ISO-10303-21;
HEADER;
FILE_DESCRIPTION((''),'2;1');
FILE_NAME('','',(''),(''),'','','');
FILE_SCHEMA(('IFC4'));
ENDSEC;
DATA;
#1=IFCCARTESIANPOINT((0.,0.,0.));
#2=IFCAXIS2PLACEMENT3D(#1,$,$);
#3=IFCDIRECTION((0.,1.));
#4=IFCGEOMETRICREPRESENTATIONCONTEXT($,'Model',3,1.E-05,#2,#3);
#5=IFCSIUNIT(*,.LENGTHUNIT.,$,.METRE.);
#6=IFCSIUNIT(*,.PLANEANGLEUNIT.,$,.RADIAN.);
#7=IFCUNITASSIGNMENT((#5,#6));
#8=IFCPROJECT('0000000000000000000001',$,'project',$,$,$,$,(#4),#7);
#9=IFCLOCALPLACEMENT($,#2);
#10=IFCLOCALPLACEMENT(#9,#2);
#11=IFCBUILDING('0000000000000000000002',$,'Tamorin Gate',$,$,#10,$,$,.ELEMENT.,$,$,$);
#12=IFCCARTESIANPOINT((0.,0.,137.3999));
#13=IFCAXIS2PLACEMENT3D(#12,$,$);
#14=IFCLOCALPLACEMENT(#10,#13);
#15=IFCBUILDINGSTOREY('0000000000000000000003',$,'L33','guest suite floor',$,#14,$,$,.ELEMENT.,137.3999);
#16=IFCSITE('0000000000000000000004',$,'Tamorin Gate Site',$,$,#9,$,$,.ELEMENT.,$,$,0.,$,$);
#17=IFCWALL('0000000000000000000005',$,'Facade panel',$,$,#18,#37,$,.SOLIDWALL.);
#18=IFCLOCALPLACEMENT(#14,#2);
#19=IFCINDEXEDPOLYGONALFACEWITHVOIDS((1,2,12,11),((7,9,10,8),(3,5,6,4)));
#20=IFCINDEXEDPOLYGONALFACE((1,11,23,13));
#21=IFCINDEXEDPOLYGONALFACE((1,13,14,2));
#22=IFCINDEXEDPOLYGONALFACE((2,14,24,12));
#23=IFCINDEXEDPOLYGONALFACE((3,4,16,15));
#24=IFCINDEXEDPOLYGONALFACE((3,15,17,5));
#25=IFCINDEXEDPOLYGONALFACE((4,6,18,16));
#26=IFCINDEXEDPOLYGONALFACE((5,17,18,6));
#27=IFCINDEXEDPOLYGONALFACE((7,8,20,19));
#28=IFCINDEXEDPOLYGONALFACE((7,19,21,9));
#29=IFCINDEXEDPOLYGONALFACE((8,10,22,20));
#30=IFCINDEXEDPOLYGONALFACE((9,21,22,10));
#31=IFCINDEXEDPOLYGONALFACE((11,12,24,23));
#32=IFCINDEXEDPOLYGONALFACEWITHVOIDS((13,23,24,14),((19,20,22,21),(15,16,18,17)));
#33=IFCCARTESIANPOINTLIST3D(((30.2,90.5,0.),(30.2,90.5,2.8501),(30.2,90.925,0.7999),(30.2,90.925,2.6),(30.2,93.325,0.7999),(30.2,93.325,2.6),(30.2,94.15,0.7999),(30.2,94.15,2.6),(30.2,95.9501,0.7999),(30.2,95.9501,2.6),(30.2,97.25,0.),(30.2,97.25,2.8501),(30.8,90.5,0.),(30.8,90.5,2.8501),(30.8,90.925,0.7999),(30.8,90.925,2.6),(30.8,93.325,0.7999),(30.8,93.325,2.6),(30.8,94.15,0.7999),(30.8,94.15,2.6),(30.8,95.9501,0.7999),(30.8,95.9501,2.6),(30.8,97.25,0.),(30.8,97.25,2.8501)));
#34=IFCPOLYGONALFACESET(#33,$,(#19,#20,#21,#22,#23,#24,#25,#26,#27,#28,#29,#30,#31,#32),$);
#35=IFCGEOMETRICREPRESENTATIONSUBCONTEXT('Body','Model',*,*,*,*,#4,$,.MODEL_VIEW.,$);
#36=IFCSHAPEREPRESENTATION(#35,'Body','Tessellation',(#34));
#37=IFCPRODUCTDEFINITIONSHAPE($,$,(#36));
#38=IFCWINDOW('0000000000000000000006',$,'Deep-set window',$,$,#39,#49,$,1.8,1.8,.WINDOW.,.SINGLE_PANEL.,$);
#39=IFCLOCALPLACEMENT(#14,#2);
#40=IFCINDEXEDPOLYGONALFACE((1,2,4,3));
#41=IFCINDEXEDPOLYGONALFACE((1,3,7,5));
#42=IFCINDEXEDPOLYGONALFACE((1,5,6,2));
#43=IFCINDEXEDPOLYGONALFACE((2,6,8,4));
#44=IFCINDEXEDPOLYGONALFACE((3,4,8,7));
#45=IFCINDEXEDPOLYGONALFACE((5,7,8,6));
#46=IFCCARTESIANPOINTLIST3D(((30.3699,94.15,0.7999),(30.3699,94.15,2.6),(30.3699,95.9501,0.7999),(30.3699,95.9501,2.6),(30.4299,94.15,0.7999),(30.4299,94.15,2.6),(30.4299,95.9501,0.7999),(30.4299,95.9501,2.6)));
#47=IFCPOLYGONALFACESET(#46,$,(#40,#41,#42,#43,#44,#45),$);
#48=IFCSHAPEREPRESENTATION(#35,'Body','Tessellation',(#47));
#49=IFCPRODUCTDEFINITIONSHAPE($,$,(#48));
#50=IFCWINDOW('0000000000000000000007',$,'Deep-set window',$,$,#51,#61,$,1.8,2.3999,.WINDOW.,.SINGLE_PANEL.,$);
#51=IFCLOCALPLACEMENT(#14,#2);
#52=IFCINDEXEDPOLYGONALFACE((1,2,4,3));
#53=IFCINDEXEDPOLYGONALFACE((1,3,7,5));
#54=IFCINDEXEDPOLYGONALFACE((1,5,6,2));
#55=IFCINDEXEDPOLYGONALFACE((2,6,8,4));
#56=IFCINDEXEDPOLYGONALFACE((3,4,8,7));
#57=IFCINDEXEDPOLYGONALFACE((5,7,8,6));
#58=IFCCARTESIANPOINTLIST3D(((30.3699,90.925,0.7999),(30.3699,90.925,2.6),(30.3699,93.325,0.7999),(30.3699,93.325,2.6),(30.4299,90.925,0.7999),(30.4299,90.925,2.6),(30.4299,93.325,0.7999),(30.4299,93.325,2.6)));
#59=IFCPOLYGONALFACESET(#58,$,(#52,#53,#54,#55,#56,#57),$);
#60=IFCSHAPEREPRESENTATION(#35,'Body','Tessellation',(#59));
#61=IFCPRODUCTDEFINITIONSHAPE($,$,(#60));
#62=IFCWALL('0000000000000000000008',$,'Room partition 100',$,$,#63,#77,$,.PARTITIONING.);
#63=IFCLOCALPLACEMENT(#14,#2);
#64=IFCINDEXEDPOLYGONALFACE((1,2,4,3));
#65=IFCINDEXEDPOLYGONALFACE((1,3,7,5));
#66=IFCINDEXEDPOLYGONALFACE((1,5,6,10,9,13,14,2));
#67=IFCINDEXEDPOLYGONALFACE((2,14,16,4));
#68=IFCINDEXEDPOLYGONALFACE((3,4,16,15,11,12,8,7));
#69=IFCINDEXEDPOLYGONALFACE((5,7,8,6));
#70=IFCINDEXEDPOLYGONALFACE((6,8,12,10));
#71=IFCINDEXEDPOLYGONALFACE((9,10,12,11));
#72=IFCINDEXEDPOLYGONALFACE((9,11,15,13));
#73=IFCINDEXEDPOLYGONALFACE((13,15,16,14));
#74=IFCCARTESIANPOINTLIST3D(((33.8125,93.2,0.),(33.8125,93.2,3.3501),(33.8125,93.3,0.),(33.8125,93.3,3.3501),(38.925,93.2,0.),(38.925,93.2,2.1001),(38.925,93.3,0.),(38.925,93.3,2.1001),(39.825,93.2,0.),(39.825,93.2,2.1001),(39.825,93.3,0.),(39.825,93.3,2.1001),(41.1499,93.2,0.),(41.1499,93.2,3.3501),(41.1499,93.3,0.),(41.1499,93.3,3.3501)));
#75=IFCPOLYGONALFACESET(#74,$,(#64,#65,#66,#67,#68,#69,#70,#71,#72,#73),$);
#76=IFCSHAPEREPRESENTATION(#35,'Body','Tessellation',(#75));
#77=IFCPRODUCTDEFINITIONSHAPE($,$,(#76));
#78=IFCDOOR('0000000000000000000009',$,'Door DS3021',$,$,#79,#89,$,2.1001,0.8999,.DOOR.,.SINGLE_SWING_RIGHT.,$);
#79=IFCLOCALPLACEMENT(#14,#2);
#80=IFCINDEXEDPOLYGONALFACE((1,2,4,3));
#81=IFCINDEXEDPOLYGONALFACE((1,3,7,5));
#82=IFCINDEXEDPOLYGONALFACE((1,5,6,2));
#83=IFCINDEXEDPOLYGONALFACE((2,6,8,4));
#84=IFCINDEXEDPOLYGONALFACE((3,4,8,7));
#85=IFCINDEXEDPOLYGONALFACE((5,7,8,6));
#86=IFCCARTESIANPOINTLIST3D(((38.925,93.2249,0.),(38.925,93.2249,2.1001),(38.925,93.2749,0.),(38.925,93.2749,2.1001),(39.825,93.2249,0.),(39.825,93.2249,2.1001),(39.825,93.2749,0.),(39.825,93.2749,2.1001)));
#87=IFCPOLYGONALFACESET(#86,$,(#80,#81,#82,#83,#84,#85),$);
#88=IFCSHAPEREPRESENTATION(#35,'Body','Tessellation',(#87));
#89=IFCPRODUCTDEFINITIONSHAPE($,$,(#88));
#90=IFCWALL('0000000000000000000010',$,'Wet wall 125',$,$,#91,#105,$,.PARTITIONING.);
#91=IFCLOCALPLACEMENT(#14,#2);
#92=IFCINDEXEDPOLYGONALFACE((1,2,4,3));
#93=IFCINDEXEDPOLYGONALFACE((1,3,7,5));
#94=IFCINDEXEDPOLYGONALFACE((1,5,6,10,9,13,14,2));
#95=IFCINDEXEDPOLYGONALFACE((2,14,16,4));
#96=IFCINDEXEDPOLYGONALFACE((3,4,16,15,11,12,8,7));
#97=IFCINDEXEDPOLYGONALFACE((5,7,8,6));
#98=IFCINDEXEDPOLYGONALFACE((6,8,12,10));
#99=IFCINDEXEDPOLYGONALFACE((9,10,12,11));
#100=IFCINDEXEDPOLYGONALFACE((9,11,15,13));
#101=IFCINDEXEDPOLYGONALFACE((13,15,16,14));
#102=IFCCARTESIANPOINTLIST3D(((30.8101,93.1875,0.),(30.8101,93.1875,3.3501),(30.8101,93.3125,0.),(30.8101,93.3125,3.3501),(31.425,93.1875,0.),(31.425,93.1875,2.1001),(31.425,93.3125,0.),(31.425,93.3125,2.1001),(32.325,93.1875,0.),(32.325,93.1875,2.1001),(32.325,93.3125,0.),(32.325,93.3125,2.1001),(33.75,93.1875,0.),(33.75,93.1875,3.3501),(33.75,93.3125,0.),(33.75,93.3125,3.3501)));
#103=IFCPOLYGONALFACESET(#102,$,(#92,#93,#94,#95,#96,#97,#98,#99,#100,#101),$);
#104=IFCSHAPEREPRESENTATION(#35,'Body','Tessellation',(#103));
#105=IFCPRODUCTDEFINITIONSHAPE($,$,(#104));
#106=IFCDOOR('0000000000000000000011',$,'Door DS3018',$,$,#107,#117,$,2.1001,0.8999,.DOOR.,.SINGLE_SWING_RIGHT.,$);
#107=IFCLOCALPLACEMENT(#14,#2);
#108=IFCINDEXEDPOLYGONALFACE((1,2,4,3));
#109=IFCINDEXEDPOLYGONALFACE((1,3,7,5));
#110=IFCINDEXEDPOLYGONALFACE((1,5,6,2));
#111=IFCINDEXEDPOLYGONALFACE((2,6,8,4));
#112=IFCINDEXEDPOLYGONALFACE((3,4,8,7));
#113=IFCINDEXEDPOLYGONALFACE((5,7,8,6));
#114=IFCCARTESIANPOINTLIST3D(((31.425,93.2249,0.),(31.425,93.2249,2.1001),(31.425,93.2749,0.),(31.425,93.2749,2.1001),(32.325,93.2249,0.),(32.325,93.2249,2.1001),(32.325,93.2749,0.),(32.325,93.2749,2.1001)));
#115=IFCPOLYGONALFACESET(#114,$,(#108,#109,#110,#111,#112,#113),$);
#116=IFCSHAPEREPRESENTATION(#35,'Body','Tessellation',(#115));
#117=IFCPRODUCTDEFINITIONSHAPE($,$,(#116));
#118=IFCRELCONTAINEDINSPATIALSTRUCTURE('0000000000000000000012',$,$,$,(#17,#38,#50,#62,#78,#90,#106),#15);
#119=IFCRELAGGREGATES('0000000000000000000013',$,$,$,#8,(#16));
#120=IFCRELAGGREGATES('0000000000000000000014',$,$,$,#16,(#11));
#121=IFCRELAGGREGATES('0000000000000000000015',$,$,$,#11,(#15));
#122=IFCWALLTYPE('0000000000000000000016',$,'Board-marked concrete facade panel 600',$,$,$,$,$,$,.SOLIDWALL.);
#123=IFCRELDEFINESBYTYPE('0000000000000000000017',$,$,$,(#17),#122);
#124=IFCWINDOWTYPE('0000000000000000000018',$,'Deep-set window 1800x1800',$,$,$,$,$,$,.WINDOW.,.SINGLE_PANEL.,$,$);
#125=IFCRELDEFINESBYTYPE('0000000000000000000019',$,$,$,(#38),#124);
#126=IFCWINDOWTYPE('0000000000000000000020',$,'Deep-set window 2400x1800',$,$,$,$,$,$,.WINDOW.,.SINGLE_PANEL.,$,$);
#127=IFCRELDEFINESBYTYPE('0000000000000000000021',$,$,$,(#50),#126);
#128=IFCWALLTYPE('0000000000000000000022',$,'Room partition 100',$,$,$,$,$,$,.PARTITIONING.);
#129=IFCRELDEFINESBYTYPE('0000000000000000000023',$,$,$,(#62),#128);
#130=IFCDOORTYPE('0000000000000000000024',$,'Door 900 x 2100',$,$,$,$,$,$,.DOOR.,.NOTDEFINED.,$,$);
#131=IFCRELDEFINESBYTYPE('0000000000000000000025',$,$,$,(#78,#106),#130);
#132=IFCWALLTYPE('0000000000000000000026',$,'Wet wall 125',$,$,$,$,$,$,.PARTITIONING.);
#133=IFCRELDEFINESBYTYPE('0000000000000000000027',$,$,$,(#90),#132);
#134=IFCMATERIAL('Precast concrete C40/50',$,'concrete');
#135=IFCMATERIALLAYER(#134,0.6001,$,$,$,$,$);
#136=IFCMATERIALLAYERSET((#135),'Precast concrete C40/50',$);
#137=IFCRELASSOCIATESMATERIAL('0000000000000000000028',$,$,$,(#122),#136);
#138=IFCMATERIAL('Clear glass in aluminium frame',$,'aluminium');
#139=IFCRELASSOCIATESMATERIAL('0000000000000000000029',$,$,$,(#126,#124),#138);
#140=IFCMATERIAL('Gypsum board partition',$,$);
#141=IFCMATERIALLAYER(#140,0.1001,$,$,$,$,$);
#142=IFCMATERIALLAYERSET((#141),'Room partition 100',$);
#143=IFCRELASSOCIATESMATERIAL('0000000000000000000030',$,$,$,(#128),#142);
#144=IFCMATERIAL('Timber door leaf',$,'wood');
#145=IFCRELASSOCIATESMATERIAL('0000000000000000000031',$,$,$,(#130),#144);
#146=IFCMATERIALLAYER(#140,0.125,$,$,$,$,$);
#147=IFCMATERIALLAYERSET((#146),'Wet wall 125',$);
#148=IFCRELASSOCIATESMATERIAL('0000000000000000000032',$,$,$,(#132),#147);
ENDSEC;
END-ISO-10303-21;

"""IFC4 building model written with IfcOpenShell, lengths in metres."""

from ifc_helpers import new_model, si_unit, direction, frame, frame_2d, origin, place, context, subcontext, project, spatial, rectangle, extrude, material, layer, layer_set, type_object, element, fill, save


model = new_model("IFC4")

# Units and contexts
model_context = context("Model", 3, precision=1e-05, world=origin(), true_north=direction((0.0, 1.0)))
body_context = subcontext(model_context, "Body", "Model", "MODEL_VIEW")
ifc_project = project(units=[si_unit("LENGTHUNIT", "METRE"), si_unit("PLANEANGLEUNIT", "RADIAN")], contexts=[model_context])

# Site, building, storey
site_placement = place(None, origin())
site = spatial("IfcSite", under=ifc_project, at=site_placement, Name="Tamorin Gate Site", CompositionType="ELEMENT", RefElevation=0.0)
building_placement = place(site_placement, origin())
building = spatial("IfcBuilding", under=site, at=building_placement, Name="Tamorin Gate", CompositionType="ELEMENT")
storey_placement = place(building_placement, frame((0.0, 0.0, 137.3999)))
storey = spatial("IfcBuildingStorey", under=building, at=storey_placement, Name="L33", Description="guest suite floor", CompositionType="ELEMENT", Elevation=137.3999)

# Shared definitions
ifc_material_1 = material(Name="Precast concrete C40/50", Category="concrete")
ifc_layer_1 = layer(ifc_material_1, 0.6001)
ifc_layer_set_1 = layer_set([ifc_layer_1], Name="Precast concrete C40/50")
wall_type_1 = type_object("IfcWallType", Name="Board-marked concrete facade panel 600", PredefinedType="SOLIDWALL", material=ifc_layer_set_1)

# Shared definitions
ifc_material_2 = material(Name="Clear glass in aluminium frame", Category="aluminium")
window_type_1 = type_object("IfcWindowType", Name="Deep-set window 2400x1800", PartitioningType="SINGLE_PANEL", PredefinedType="WINDOW", material=ifc_material_2)

# Wall, openings, windows
wall_1_placement = place(storey_placement, frame((30.5, 97.25, 0.0), z_axis=(0.0, 0.0, 1.0), x_axis=(0.0, -1.0, 0.0)))
wall_1 = element("IfcWall", 1, at=wall_1_placement, inside=storey, type_object=wall_type_1, Name="Facade panel", PredefinedType="SOLIDWALL", context=body_context, shape_type="SweptSolid", body=[
    extrude(rectangle(XDim=6.75, YDim=0.6001, at=frame_2d((3.375, 0.0))), origin(), (0.0, 0.0, 1.0), 2.8501),
])
opening_1_placement = place(wall_1_placement, frame((3.925, 0.0, 0.8)))
opening_1 = element("IfcOpeningElement", 2, at=opening_1_placement, cuts=wall_1, PredefinedType="OPENING", context=body_context, shape_type="SweptSolid", body=[
    extrude(rectangle(XDim=2.3999, YDim=1.8, at=frame_2d((1.2, 0.8999))), frame((0.0, 0.3101, 0.0), z_axis=(0.0, -1.0, 0.0), x_axis=(1.0, 0.0, 0.0)), (0.0, 0.0, 1.0), 0.6201),
])
opening_2_placement = place(wall_1_placement, frame((1.3, 0.0, 0.8)))
opening_2 = element("IfcOpeningElement", 3, at=opening_2_placement, cuts=wall_1, PredefinedType="OPENING", context=body_context, shape_type="SweptSolid", body=[
    extrude(rectangle(XDim=1.8, YDim=1.8, at=frame_2d((0.8999, 0.8999))), frame((0.0, 0.3101, 0.0), z_axis=(0.0, -1.0, 0.0), x_axis=(1.0, 0.0, 0.0)), (0.0, 0.0, 1.0), 0.6201),
])
window_type_2 = type_object("IfcWindowType", Name="Deep-set window 1800x1800", PartitioningType="SINGLE_PANEL", PredefinedType="WINDOW", material=ifc_material_2)
window_1_placement = place(opening_2_placement, origin())
window_1 = element("IfcWindow", 4, at=window_1_placement, inside=storey, type_object=window_type_2, Name="Deep-set window", OverallHeight=1.8, OverallWidth=1.8, PartitioningType="SINGLE_PANEL", PredefinedType="WINDOW", context=body_context, shape_type="SweptSolid", body=[
    extrude(rectangle(XDim=1.8, YDim=1.8, at=frame_2d((0.8999, 0.8999))), frame((0.0, -0.0701, 0.0), z_axis=(0.0, -1.0, 0.0), x_axis=(1.0, 0.0, 0.0)), (0.0, 0.0, 1.0), 0.0601),
])
fill(opening_2, window_1)
window_2_placement = place(opening_1_placement, origin())
window_2 = element("IfcWindow", 5, at=window_2_placement, inside=storey, type_object=window_type_1, Name="Deep-set window", OverallHeight=1.8, OverallWidth=2.3999, PartitioningType="SINGLE_PANEL", PredefinedType="WINDOW", context=body_context, shape_type="SweptSolid", body=[
    extrude(rectangle(XDim=2.3999, YDim=1.8, at=frame_2d((1.2, 0.8999))), frame((0.0, -0.0701, 0.0), z_axis=(0.0, -1.0, 0.0), x_axis=(1.0, 0.0, 0.0)), (0.0, 0.0, 1.0), 0.0601),
])
fill(opening_1, window_2)

# Walls, openings, doors
ifc_material_3 = material(Name="Gypsum board partition")
ifc_layer_2 = layer(ifc_material_3, 0.1001)
ifc_layer_set_2 = layer_set([ifc_layer_2], Name="Room partition 100")
wall_type_2 = type_object("IfcWallType", Name="Room partition 100", PredefinedType="PARTITIONING", material=ifc_layer_set_2)
wall_2_placement = place(storey_placement, frame((33.8125, 93.25, 0.0), z_axis=(0.0, 0.0, 1.0), x_axis=(1.0, 0.0, 0.0)))
wall_2 = element("IfcWall", 6, at=wall_2_placement, inside=storey, type_object=wall_type_2, Name="Room partition 100", PredefinedType="PARTITIONING", context=body_context, shape_type="SweptSolid", body=[
    extrude(rectangle(XDim=7.3374, YDim=0.1001, at=frame_2d((3.6687, 0.0))), origin(), (0.0, 0.0, 1.0), 3.3501),
])
opening_3_placement = place(wall_2_placement, frame((5.1125, 0.0, 0.0)))
opening_3 = element("IfcOpeningElement", 7, at=opening_3_placement, cuts=wall_2, PredefinedType="OPENING", context=body_context, shape_type="SweptSolid", body=[
    extrude(rectangle(XDim=0.8999, YDim=2.1001, at=frame_2d((0.45, 1.05))), frame((0.0, 0.0601, 0.0), z_axis=(0.0, -1.0, 0.0), x_axis=(1.0, 0.0, 0.0)), (0.0, 0.0, 1.0), 0.1201),
])
ifc_material_4 = material(Name="Timber door leaf", Category="wood")
door_type = type_object("IfcDoorType", Name="Door 900 x 2100", OperationType="NOTDEFINED", PredefinedType="DOOR", material=ifc_material_4)
door_1_placement = place(opening_3_placement, origin())
door_1 = element("IfcDoor", 8, at=door_1_placement, inside=storey, type_object=door_type, Name="Door DS3021", OperationType="SINGLE_SWING_RIGHT", OverallHeight=2.1001, OverallWidth=0.8999, PredefinedType="DOOR", context=body_context, shape_type="SweptSolid", body=[
    extrude(rectangle(XDim=0.8999, YDim=2.1001, at=frame_2d((0.45, 1.05))), frame((0.0, 0.0249, 0.0), z_axis=(0.0, -1.0, 0.0), x_axis=(1.0, 0.0, 0.0)), (0.0, 0.0, 1.0), 0.05),
])
fill(opening_3, door_1)
ifc_layer_3 = layer(ifc_material_3, 0.125)
ifc_layer_set_3 = layer_set([ifc_layer_3], Name="Wet wall 125")
wall_type_3 = type_object("IfcWallType", Name="Wet wall 125", PredefinedType="PARTITIONING", material=ifc_layer_set_3)
wall_3_placement = place(storey_placement, frame((30.8101, 93.25, 0.0), z_axis=(0.0, 0.0, 1.0), x_axis=(1.0, 0.0, 0.0)))
wall_3 = element("IfcWall", 9, at=wall_3_placement, inside=storey, type_object=wall_type_3, Name="Wet wall 125", PredefinedType="PARTITIONING", context=body_context, shape_type="SweptSolid", body=[
    extrude(rectangle(XDim=2.9399, YDim=0.125, at=frame_2d((1.47, 0.0))), origin(), (0.0, 0.0, 1.0), 3.3501),
])
opening_4_placement = place(wall_3_placement, frame((0.615, 0.0, 0.0)))
opening_4 = element("IfcOpeningElement", 10, at=opening_4_placement, cuts=wall_3, PredefinedType="OPENING", context=body_context, shape_type="SweptSolid", body=[
    extrude(rectangle(XDim=0.8999, YDim=2.1001, at=frame_2d((0.45, 1.05))), frame((0.0, 0.0725, 0.0), z_axis=(0.0, -1.0, 0.0), x_axis=(1.0, 0.0, 0.0)), (0.0, 0.0, 1.0), 0.145),
])
door_2_placement = place(opening_4_placement, origin())
door_2 = element("IfcDoor", 11, at=door_2_placement, inside=storey, type_object=door_type, Name="Door DS3018", OperationType="SINGLE_SWING_RIGHT", OverallHeight=2.1001, OverallWidth=0.8999, PredefinedType="DOOR", context=body_context, shape_type="SweptSolid", body=[
    extrude(rectangle(XDim=0.8999, YDim=2.1001, at=frame_2d((0.45, 1.05))), frame((0.0, 0.0249, 0.0), z_axis=(0.0, -1.0, 0.0), x_axis=(1.0, 0.0, 0.0)), (0.0, 0.0, 1.0), 0.05),
])
fill(opening_4, door_2)

save(model, "model.ifc")
